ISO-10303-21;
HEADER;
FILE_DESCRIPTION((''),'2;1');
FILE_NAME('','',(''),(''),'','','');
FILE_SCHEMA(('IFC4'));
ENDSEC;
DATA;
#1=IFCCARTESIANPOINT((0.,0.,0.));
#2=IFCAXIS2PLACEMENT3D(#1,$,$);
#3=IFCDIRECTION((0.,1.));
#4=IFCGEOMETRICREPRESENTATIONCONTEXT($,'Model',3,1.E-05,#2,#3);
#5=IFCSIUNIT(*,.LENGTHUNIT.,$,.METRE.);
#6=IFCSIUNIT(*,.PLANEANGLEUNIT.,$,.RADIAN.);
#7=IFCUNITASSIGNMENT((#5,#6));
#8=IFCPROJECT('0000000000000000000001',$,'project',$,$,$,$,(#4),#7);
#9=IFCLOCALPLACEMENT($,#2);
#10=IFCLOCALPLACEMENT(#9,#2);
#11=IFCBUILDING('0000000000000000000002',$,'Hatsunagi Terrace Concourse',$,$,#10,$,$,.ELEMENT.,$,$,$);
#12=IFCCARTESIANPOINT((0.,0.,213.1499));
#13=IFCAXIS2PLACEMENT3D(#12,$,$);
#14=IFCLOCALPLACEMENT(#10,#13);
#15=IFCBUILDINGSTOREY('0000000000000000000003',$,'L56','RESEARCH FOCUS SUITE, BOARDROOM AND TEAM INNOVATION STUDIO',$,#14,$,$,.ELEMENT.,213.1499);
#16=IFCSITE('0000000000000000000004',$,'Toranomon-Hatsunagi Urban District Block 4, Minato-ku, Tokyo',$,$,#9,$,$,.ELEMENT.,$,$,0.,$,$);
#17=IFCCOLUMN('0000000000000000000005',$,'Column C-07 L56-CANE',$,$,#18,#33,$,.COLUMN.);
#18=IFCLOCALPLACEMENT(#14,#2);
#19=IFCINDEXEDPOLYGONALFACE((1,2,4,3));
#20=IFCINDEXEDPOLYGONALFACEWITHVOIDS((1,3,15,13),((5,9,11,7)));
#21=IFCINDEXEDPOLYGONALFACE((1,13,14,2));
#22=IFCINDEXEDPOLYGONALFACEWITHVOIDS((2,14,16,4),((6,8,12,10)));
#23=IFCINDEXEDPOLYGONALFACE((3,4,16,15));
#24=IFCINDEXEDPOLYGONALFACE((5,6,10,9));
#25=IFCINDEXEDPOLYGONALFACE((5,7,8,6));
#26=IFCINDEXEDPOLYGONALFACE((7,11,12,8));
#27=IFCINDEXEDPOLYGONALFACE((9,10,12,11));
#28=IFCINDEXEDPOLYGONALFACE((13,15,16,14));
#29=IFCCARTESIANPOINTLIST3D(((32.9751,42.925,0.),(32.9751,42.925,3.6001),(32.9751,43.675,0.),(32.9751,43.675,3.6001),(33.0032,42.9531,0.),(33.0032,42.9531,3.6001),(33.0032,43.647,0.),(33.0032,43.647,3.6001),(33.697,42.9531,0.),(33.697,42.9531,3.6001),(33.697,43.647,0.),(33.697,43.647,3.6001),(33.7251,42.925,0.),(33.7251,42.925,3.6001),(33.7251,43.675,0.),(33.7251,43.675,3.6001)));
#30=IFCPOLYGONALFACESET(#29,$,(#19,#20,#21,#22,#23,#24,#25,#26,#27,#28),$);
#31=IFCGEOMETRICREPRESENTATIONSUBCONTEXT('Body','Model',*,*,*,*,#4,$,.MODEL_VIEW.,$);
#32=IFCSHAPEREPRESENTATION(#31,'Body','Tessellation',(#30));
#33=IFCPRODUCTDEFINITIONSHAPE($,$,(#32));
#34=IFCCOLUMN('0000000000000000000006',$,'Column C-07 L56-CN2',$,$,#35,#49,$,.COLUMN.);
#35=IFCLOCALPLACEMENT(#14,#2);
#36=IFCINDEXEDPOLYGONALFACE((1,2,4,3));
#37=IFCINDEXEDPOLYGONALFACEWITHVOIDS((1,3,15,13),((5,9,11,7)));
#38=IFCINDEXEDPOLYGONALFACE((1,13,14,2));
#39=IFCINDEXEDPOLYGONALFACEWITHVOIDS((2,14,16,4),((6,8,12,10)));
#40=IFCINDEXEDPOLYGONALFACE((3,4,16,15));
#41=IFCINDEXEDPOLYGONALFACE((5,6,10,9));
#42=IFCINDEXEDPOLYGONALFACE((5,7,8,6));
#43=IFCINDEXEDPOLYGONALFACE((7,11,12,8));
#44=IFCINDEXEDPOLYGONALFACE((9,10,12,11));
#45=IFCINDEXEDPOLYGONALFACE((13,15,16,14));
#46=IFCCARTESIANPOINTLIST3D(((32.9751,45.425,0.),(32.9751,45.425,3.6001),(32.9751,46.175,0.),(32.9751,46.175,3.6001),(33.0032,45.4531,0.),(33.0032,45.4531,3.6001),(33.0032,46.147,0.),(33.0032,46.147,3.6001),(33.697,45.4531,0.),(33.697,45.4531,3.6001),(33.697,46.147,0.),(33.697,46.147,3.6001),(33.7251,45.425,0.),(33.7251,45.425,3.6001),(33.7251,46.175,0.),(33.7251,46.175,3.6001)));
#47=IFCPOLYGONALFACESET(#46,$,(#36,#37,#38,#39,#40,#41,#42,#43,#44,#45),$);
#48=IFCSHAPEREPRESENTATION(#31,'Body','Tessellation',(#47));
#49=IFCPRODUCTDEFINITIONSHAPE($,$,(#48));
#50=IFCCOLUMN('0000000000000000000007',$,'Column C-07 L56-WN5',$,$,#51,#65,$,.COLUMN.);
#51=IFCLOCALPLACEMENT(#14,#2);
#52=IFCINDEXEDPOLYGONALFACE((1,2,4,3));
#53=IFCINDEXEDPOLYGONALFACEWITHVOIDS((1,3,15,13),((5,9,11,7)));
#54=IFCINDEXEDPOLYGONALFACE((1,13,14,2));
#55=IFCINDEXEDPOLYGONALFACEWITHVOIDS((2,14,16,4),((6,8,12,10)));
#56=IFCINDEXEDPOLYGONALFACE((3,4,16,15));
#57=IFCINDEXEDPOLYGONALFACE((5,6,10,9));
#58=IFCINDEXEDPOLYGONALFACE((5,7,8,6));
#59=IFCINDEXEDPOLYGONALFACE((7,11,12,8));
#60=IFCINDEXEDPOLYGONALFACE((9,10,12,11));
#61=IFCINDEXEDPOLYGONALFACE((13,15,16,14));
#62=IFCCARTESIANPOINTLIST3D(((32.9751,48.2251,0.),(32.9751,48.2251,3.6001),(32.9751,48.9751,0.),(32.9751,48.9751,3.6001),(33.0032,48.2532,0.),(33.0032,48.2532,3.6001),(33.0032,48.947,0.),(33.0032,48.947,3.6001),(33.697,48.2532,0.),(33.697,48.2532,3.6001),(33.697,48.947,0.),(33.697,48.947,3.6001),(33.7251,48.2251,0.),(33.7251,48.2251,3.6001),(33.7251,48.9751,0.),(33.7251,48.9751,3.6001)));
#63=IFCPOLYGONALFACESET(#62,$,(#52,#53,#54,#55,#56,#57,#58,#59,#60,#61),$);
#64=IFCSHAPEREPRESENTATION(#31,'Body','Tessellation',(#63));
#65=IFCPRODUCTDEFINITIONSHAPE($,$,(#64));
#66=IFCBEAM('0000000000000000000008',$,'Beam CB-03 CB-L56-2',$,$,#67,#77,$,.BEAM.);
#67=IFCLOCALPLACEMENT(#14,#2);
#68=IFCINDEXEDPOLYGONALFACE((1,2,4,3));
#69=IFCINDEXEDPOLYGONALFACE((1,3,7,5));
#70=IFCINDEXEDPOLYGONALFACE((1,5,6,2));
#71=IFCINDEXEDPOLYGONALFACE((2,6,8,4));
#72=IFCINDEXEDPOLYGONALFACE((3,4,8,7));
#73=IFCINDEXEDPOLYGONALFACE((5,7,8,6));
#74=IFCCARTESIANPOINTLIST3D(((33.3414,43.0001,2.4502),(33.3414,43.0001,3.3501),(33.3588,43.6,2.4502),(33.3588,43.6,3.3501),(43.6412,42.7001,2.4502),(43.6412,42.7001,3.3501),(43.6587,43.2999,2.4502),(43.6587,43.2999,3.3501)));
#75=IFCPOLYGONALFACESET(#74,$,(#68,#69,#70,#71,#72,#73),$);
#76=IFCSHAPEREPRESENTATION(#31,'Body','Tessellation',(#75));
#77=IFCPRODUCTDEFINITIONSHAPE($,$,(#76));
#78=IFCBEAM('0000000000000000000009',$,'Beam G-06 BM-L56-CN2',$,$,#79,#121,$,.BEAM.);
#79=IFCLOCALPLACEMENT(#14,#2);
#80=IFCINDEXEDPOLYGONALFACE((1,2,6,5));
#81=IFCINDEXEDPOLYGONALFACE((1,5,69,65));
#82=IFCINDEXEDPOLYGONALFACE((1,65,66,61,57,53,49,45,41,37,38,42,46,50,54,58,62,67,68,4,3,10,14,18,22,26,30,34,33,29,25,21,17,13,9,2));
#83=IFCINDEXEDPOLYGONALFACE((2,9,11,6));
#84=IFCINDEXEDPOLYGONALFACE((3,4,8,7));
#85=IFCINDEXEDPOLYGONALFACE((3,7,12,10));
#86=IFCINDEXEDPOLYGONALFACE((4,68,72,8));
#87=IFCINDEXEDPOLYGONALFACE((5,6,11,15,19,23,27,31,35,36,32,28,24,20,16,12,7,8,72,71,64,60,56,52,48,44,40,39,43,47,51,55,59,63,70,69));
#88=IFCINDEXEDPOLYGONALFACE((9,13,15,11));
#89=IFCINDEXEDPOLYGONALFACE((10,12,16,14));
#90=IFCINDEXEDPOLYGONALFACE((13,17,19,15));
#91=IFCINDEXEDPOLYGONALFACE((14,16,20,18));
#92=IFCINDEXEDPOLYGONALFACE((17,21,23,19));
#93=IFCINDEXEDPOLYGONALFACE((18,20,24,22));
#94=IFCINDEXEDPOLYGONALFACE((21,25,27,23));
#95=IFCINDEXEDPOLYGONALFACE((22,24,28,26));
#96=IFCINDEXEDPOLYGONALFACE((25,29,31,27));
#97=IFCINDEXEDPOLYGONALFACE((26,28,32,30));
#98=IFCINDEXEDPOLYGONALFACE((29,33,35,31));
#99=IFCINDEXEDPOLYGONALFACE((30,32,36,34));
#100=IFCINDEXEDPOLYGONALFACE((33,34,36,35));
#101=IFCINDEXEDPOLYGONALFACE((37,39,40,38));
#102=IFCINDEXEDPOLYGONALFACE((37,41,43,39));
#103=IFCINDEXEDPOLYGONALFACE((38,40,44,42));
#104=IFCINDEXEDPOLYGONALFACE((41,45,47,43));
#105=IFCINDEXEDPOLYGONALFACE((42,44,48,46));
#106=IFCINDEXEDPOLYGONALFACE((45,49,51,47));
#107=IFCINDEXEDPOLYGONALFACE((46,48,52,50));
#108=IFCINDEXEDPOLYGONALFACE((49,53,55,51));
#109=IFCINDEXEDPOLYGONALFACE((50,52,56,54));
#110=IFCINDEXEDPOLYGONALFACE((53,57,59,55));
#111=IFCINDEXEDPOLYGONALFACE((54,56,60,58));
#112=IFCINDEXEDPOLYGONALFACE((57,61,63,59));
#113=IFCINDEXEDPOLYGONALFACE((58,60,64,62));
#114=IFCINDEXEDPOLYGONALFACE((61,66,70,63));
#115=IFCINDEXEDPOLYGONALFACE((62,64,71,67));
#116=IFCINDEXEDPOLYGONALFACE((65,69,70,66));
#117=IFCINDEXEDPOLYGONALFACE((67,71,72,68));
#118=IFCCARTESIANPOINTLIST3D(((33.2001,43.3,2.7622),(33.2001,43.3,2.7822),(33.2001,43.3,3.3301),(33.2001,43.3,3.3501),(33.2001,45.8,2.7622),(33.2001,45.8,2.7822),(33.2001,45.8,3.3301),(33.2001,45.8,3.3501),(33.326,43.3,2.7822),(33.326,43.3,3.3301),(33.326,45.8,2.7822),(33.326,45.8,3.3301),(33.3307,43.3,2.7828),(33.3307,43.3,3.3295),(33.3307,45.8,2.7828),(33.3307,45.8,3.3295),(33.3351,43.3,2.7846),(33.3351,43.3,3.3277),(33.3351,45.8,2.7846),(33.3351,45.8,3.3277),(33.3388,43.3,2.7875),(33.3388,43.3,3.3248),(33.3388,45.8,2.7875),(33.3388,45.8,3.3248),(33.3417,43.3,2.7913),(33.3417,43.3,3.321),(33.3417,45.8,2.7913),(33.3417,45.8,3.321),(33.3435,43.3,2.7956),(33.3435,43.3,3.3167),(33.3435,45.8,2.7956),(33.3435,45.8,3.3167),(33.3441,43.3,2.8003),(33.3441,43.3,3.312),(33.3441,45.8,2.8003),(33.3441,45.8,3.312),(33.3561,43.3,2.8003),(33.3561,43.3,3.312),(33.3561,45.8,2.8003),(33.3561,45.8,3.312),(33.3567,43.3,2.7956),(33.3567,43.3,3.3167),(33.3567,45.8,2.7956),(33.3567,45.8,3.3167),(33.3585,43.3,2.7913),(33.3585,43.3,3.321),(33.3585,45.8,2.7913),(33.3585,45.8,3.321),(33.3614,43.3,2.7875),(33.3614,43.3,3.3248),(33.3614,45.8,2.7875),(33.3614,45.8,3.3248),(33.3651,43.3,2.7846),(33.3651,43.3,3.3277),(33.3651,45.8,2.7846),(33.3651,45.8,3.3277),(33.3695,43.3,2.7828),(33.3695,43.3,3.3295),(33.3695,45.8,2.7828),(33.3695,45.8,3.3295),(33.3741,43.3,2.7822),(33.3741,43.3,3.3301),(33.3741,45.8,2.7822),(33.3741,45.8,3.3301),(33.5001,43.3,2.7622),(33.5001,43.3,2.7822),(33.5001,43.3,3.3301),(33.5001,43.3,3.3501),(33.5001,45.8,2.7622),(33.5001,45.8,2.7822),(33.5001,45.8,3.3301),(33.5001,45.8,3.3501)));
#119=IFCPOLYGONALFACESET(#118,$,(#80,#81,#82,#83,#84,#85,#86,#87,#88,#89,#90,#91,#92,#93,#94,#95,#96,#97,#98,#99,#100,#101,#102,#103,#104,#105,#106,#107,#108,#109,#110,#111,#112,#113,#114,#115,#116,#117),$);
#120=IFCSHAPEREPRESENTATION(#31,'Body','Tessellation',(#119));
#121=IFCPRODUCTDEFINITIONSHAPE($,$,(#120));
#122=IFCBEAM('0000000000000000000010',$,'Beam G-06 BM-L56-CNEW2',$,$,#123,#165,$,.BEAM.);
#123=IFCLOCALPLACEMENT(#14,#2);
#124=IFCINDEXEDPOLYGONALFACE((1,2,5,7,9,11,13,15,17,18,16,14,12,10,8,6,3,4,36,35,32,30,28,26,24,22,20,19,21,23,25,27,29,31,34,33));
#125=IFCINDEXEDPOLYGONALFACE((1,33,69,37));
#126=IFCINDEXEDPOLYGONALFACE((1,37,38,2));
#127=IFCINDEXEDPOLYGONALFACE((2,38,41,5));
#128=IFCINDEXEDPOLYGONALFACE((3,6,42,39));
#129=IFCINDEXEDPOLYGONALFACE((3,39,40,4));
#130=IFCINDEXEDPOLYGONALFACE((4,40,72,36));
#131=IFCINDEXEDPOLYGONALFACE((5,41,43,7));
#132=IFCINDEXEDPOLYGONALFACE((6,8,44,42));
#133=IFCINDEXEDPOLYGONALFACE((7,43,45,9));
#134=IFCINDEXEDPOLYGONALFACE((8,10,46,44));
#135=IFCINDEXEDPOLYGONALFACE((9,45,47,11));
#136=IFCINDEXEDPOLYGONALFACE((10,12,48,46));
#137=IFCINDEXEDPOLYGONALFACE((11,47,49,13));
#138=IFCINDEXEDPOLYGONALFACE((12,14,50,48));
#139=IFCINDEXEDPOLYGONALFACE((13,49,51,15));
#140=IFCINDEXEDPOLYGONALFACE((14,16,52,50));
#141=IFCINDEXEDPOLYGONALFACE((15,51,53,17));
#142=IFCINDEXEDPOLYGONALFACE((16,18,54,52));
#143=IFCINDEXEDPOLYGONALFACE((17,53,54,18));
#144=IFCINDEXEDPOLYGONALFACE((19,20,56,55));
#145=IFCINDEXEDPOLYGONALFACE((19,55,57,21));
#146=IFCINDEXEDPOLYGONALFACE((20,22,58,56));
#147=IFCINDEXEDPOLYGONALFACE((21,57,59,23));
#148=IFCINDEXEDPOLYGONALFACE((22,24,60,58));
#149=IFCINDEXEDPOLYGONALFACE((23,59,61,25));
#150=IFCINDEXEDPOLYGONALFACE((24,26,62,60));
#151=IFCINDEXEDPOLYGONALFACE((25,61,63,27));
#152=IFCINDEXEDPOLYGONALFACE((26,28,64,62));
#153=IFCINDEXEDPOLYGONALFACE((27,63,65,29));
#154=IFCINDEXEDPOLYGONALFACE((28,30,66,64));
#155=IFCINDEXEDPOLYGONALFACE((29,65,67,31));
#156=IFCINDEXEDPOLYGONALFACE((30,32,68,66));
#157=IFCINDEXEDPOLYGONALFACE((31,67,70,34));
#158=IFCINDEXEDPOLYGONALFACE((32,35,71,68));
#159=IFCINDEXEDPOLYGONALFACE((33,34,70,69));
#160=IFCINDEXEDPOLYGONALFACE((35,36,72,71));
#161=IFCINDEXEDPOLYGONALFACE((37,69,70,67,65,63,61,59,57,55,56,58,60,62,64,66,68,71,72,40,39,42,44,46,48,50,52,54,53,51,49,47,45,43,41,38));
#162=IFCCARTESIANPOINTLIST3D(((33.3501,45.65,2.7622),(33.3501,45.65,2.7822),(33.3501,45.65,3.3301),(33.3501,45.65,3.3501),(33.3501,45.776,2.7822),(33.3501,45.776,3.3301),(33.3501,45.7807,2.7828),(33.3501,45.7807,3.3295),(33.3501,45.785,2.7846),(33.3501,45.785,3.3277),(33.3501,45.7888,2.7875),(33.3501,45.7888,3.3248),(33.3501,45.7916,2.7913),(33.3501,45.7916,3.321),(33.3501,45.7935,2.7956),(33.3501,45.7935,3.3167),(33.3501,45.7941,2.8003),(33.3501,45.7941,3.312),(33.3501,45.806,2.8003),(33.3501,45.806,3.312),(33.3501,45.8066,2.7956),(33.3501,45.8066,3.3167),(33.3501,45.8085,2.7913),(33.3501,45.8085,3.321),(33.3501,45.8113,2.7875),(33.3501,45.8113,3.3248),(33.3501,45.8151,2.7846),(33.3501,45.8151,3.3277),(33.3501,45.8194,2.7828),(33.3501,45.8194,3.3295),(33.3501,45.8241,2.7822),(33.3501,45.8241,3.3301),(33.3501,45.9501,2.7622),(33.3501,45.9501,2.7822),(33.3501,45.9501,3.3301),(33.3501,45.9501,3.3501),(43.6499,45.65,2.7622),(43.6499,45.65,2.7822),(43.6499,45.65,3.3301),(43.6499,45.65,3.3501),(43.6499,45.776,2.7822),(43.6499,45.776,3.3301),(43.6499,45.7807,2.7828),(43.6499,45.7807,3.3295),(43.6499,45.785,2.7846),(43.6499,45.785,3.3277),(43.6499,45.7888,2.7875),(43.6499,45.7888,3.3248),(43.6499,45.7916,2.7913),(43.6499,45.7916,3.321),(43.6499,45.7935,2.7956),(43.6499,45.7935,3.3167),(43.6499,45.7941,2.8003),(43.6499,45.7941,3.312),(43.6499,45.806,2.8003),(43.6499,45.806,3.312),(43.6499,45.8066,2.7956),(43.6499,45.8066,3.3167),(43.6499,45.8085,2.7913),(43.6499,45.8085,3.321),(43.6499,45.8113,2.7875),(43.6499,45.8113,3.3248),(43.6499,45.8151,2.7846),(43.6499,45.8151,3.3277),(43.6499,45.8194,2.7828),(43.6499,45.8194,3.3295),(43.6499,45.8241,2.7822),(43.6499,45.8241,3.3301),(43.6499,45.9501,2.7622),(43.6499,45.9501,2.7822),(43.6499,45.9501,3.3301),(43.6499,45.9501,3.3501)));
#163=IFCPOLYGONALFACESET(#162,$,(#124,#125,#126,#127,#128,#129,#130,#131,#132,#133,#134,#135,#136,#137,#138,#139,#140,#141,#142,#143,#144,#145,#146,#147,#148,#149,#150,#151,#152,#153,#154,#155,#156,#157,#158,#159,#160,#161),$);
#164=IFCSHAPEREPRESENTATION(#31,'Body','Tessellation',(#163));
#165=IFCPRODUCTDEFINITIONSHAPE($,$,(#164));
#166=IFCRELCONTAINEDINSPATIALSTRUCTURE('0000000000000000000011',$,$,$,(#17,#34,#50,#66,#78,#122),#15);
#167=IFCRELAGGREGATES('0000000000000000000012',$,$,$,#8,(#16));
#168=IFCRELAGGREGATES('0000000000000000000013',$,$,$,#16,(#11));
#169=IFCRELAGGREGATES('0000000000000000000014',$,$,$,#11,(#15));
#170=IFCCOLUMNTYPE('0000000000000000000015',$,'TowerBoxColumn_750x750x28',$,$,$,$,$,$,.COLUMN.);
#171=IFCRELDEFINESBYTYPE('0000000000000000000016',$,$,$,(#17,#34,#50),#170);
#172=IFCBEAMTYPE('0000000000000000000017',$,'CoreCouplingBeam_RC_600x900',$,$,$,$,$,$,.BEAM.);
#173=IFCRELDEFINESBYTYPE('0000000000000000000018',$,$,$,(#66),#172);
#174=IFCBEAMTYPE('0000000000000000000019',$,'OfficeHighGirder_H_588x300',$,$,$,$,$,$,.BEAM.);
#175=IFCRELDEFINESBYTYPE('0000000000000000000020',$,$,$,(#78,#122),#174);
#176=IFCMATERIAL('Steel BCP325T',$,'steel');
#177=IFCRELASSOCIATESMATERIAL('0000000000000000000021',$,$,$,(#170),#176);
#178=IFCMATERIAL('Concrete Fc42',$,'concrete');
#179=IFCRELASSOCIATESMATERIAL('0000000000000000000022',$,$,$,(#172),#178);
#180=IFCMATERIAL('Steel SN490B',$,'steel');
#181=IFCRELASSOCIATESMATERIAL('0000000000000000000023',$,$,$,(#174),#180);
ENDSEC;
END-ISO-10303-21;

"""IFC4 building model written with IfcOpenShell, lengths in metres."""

from ifc_helpers import new_model, si_unit, direction, frame, origin, origin_2d, place, context, subcontext, project, spatial, rectangle, hollow_rectangle, i_section, extrude, material, material_profile, profile_set, type_object, element, save


model = new_model("IFC4")

# Units and contexts
model_context = context("Model", 3, precision=1e-05, world=origin(), true_north=direction((0.0, 1.0)))
body_context = subcontext(model_context, "Body", "Model", "MODEL_VIEW")
ifc_project = project(units=[si_unit("LENGTHUNIT", "METRE"), si_unit("PLANEANGLEUNIT", "RADIAN")], contexts=[model_context])

# Site, building, storey
site_placement = place(None, origin())
site = spatial("IfcSite", under=ifc_project, at=site_placement, Name="Toranomon-Hatsunagi Urban District Block 4, Minato-ku, Tokyo", CompositionType="ELEMENT", RefElevation=0.0)
building_placement = place(site_placement, origin())
building = spatial("IfcBuilding", under=site, at=building_placement, Name="Hatsunagi Terrace Concourse", CompositionType="ELEMENT")
storey_placement = place(building_placement, frame((0.0, 0.0, 213.1499)))
storey = spatial("IfcBuildingStorey", under=building, at=storey_placement, Name="L56", Description="RESEARCH FOCUS SUITE, BOARDROOM AND TEAM INNOVATION STUDIO", CompositionType="ELEMENT", Elevation=213.1499)

# Columns
ifc_material_1 = material(Name="Steel BCP325T", Category="steel")
ifc_material_profile_1 = material_profile(ifc_material_1, hollow_rectangle(XDim=0.75, YDim=0.75, WallThickness=0.0281, at=origin_2d()), Name="BCP-750x750x28")
ifc_profile_set_1 = profile_set([ifc_material_profile_1], Name="Steel BCP325T")
column_type = type_object("IfcColumnType", Name="TowerBoxColumn_750x750x28", PredefinedType="COLUMN", material=ifc_profile_set_1)
for number, where, z_axis, x_axis, name in (
    (1, (33.3501, 43.3, 0.0), (0.0, 0.0, 1.0), (1.0, 0.0, 0.0), "Column C-07 L56-CANE"),
    (2, (33.3501, 45.8, 0.0), (0.0, 0.0, 1.0), (1.0, 0.0, 0.0), "Column C-07 L56-CN2"),
    (3, (33.3501, 48.6001, 0.0), (0.0, 0.0, 1.0), (1.0, 0.0, 0.0), "Column C-07 L56-WN5"),
):
    element("IfcColumn", number, at=place(storey_placement, frame(where, z_axis=z_axis, x_axis=x_axis)), inside=storey, type_object=column_type, Name=name, PredefinedType="COLUMN", context=body_context, shape_type="SweptSolid", body=[
        extrude(hollow_rectangle(XDim=0.75, YDim=0.75, WallThickness=0.0281, at=origin_2d()), origin(), (0.0, 0.0, 1.0), 3.6001),
    ])

# Beams
ifc_material_2 = material(Name="Concrete Fc42", Category="concrete")
ifc_material_profile_2 = material_profile(ifc_material_2, rectangle(XDim=0.6001, YDim=0.8999, at=origin_2d()), Name="RC-600x900")
ifc_profile_set_2 = profile_set([ifc_material_profile_2], Name="Concrete Fc42")
beam_type_1 = type_object("IfcBeamType", Name="CoreCouplingBeam_RC_600x900", PredefinedType="BEAM", material=ifc_profile_set_2)
beam_1_placement = place(storey_placement, frame((33.3501, 43.3, 2.9001), z_axis=(0.999576, -0.029119, 0.0), x_axis=(0.029119, 0.999576, 0.0)))
element("IfcBeam", 4, at=beam_1_placement, inside=storey, type_object=beam_type_1, Name="Beam CB-03 CB-L56-2", PredefinedType="BEAM", context=body_context, shape_type="SweptSolid", body=[
    extrude(rectangle(XDim=0.6001, YDim=0.8999, at=origin_2d()), origin(), (0.0, 0.0, 1.0), 10.3042),
])
ifc_material_3 = material(Name="Steel SN490B", Category="steel")
ifc_material_profile_3 = material_profile(ifc_material_3, i_section(OverallWidth=0.3, OverallDepth=0.5879, WebThickness=0.012, FlangeThickness=0.02, FilletRadius=0.0181, at=origin_2d()), Name="H-588x300x12x20")
ifc_profile_set_3 = profile_set([ifc_material_profile_3], Name="Steel SN490B")
beam_type_2 = type_object("IfcBeamType", Name="OfficeHighGirder_H_588x300", PredefinedType="BEAM", material=ifc_profile_set_3)
beam_2_placement = place(storey_placement, frame((33.3501, 43.3, 3.0562), z_axis=(0.0, 1.0, 0.0), x_axis=(-1.0, 0.0, 0.0)))
element("IfcBeam", 5, at=beam_2_placement, inside=storey, type_object=beam_type_2, Name="Beam G-06 BM-L56-CN2", PredefinedType="BEAM", context=body_context, shape_type="SweptSolid", body=[
    extrude(i_section(OverallWidth=0.3, OverallDepth=0.5879, WebThickness=0.012, FlangeThickness=0.02, FilletRadius=0.0181, at=origin_2d()), origin(), (0.0, 0.0, 1.0), 2.5),
])
beam_3_placement = place(storey_placement, frame((33.3501, 45.8, 3.0562), z_axis=(1.0, 0.0, 0.0), x_axis=(0.0, 1.0, 0.0)))
element("IfcBeam", 6, at=beam_3_placement, inside=storey, type_object=beam_type_2, Name="Beam G-06 BM-L56-CNEW2", PredefinedType="BEAM", context=body_context, shape_type="SweptSolid", body=[
    extrude(i_section(OverallWidth=0.3, OverallDepth=0.5879, WebThickness=0.012, FlangeThickness=0.02, FilletRadius=0.0181, at=origin_2d()), origin(), (0.0, 0.0, 1.0), 10.2998),
])

save(model, "model.ifc")
